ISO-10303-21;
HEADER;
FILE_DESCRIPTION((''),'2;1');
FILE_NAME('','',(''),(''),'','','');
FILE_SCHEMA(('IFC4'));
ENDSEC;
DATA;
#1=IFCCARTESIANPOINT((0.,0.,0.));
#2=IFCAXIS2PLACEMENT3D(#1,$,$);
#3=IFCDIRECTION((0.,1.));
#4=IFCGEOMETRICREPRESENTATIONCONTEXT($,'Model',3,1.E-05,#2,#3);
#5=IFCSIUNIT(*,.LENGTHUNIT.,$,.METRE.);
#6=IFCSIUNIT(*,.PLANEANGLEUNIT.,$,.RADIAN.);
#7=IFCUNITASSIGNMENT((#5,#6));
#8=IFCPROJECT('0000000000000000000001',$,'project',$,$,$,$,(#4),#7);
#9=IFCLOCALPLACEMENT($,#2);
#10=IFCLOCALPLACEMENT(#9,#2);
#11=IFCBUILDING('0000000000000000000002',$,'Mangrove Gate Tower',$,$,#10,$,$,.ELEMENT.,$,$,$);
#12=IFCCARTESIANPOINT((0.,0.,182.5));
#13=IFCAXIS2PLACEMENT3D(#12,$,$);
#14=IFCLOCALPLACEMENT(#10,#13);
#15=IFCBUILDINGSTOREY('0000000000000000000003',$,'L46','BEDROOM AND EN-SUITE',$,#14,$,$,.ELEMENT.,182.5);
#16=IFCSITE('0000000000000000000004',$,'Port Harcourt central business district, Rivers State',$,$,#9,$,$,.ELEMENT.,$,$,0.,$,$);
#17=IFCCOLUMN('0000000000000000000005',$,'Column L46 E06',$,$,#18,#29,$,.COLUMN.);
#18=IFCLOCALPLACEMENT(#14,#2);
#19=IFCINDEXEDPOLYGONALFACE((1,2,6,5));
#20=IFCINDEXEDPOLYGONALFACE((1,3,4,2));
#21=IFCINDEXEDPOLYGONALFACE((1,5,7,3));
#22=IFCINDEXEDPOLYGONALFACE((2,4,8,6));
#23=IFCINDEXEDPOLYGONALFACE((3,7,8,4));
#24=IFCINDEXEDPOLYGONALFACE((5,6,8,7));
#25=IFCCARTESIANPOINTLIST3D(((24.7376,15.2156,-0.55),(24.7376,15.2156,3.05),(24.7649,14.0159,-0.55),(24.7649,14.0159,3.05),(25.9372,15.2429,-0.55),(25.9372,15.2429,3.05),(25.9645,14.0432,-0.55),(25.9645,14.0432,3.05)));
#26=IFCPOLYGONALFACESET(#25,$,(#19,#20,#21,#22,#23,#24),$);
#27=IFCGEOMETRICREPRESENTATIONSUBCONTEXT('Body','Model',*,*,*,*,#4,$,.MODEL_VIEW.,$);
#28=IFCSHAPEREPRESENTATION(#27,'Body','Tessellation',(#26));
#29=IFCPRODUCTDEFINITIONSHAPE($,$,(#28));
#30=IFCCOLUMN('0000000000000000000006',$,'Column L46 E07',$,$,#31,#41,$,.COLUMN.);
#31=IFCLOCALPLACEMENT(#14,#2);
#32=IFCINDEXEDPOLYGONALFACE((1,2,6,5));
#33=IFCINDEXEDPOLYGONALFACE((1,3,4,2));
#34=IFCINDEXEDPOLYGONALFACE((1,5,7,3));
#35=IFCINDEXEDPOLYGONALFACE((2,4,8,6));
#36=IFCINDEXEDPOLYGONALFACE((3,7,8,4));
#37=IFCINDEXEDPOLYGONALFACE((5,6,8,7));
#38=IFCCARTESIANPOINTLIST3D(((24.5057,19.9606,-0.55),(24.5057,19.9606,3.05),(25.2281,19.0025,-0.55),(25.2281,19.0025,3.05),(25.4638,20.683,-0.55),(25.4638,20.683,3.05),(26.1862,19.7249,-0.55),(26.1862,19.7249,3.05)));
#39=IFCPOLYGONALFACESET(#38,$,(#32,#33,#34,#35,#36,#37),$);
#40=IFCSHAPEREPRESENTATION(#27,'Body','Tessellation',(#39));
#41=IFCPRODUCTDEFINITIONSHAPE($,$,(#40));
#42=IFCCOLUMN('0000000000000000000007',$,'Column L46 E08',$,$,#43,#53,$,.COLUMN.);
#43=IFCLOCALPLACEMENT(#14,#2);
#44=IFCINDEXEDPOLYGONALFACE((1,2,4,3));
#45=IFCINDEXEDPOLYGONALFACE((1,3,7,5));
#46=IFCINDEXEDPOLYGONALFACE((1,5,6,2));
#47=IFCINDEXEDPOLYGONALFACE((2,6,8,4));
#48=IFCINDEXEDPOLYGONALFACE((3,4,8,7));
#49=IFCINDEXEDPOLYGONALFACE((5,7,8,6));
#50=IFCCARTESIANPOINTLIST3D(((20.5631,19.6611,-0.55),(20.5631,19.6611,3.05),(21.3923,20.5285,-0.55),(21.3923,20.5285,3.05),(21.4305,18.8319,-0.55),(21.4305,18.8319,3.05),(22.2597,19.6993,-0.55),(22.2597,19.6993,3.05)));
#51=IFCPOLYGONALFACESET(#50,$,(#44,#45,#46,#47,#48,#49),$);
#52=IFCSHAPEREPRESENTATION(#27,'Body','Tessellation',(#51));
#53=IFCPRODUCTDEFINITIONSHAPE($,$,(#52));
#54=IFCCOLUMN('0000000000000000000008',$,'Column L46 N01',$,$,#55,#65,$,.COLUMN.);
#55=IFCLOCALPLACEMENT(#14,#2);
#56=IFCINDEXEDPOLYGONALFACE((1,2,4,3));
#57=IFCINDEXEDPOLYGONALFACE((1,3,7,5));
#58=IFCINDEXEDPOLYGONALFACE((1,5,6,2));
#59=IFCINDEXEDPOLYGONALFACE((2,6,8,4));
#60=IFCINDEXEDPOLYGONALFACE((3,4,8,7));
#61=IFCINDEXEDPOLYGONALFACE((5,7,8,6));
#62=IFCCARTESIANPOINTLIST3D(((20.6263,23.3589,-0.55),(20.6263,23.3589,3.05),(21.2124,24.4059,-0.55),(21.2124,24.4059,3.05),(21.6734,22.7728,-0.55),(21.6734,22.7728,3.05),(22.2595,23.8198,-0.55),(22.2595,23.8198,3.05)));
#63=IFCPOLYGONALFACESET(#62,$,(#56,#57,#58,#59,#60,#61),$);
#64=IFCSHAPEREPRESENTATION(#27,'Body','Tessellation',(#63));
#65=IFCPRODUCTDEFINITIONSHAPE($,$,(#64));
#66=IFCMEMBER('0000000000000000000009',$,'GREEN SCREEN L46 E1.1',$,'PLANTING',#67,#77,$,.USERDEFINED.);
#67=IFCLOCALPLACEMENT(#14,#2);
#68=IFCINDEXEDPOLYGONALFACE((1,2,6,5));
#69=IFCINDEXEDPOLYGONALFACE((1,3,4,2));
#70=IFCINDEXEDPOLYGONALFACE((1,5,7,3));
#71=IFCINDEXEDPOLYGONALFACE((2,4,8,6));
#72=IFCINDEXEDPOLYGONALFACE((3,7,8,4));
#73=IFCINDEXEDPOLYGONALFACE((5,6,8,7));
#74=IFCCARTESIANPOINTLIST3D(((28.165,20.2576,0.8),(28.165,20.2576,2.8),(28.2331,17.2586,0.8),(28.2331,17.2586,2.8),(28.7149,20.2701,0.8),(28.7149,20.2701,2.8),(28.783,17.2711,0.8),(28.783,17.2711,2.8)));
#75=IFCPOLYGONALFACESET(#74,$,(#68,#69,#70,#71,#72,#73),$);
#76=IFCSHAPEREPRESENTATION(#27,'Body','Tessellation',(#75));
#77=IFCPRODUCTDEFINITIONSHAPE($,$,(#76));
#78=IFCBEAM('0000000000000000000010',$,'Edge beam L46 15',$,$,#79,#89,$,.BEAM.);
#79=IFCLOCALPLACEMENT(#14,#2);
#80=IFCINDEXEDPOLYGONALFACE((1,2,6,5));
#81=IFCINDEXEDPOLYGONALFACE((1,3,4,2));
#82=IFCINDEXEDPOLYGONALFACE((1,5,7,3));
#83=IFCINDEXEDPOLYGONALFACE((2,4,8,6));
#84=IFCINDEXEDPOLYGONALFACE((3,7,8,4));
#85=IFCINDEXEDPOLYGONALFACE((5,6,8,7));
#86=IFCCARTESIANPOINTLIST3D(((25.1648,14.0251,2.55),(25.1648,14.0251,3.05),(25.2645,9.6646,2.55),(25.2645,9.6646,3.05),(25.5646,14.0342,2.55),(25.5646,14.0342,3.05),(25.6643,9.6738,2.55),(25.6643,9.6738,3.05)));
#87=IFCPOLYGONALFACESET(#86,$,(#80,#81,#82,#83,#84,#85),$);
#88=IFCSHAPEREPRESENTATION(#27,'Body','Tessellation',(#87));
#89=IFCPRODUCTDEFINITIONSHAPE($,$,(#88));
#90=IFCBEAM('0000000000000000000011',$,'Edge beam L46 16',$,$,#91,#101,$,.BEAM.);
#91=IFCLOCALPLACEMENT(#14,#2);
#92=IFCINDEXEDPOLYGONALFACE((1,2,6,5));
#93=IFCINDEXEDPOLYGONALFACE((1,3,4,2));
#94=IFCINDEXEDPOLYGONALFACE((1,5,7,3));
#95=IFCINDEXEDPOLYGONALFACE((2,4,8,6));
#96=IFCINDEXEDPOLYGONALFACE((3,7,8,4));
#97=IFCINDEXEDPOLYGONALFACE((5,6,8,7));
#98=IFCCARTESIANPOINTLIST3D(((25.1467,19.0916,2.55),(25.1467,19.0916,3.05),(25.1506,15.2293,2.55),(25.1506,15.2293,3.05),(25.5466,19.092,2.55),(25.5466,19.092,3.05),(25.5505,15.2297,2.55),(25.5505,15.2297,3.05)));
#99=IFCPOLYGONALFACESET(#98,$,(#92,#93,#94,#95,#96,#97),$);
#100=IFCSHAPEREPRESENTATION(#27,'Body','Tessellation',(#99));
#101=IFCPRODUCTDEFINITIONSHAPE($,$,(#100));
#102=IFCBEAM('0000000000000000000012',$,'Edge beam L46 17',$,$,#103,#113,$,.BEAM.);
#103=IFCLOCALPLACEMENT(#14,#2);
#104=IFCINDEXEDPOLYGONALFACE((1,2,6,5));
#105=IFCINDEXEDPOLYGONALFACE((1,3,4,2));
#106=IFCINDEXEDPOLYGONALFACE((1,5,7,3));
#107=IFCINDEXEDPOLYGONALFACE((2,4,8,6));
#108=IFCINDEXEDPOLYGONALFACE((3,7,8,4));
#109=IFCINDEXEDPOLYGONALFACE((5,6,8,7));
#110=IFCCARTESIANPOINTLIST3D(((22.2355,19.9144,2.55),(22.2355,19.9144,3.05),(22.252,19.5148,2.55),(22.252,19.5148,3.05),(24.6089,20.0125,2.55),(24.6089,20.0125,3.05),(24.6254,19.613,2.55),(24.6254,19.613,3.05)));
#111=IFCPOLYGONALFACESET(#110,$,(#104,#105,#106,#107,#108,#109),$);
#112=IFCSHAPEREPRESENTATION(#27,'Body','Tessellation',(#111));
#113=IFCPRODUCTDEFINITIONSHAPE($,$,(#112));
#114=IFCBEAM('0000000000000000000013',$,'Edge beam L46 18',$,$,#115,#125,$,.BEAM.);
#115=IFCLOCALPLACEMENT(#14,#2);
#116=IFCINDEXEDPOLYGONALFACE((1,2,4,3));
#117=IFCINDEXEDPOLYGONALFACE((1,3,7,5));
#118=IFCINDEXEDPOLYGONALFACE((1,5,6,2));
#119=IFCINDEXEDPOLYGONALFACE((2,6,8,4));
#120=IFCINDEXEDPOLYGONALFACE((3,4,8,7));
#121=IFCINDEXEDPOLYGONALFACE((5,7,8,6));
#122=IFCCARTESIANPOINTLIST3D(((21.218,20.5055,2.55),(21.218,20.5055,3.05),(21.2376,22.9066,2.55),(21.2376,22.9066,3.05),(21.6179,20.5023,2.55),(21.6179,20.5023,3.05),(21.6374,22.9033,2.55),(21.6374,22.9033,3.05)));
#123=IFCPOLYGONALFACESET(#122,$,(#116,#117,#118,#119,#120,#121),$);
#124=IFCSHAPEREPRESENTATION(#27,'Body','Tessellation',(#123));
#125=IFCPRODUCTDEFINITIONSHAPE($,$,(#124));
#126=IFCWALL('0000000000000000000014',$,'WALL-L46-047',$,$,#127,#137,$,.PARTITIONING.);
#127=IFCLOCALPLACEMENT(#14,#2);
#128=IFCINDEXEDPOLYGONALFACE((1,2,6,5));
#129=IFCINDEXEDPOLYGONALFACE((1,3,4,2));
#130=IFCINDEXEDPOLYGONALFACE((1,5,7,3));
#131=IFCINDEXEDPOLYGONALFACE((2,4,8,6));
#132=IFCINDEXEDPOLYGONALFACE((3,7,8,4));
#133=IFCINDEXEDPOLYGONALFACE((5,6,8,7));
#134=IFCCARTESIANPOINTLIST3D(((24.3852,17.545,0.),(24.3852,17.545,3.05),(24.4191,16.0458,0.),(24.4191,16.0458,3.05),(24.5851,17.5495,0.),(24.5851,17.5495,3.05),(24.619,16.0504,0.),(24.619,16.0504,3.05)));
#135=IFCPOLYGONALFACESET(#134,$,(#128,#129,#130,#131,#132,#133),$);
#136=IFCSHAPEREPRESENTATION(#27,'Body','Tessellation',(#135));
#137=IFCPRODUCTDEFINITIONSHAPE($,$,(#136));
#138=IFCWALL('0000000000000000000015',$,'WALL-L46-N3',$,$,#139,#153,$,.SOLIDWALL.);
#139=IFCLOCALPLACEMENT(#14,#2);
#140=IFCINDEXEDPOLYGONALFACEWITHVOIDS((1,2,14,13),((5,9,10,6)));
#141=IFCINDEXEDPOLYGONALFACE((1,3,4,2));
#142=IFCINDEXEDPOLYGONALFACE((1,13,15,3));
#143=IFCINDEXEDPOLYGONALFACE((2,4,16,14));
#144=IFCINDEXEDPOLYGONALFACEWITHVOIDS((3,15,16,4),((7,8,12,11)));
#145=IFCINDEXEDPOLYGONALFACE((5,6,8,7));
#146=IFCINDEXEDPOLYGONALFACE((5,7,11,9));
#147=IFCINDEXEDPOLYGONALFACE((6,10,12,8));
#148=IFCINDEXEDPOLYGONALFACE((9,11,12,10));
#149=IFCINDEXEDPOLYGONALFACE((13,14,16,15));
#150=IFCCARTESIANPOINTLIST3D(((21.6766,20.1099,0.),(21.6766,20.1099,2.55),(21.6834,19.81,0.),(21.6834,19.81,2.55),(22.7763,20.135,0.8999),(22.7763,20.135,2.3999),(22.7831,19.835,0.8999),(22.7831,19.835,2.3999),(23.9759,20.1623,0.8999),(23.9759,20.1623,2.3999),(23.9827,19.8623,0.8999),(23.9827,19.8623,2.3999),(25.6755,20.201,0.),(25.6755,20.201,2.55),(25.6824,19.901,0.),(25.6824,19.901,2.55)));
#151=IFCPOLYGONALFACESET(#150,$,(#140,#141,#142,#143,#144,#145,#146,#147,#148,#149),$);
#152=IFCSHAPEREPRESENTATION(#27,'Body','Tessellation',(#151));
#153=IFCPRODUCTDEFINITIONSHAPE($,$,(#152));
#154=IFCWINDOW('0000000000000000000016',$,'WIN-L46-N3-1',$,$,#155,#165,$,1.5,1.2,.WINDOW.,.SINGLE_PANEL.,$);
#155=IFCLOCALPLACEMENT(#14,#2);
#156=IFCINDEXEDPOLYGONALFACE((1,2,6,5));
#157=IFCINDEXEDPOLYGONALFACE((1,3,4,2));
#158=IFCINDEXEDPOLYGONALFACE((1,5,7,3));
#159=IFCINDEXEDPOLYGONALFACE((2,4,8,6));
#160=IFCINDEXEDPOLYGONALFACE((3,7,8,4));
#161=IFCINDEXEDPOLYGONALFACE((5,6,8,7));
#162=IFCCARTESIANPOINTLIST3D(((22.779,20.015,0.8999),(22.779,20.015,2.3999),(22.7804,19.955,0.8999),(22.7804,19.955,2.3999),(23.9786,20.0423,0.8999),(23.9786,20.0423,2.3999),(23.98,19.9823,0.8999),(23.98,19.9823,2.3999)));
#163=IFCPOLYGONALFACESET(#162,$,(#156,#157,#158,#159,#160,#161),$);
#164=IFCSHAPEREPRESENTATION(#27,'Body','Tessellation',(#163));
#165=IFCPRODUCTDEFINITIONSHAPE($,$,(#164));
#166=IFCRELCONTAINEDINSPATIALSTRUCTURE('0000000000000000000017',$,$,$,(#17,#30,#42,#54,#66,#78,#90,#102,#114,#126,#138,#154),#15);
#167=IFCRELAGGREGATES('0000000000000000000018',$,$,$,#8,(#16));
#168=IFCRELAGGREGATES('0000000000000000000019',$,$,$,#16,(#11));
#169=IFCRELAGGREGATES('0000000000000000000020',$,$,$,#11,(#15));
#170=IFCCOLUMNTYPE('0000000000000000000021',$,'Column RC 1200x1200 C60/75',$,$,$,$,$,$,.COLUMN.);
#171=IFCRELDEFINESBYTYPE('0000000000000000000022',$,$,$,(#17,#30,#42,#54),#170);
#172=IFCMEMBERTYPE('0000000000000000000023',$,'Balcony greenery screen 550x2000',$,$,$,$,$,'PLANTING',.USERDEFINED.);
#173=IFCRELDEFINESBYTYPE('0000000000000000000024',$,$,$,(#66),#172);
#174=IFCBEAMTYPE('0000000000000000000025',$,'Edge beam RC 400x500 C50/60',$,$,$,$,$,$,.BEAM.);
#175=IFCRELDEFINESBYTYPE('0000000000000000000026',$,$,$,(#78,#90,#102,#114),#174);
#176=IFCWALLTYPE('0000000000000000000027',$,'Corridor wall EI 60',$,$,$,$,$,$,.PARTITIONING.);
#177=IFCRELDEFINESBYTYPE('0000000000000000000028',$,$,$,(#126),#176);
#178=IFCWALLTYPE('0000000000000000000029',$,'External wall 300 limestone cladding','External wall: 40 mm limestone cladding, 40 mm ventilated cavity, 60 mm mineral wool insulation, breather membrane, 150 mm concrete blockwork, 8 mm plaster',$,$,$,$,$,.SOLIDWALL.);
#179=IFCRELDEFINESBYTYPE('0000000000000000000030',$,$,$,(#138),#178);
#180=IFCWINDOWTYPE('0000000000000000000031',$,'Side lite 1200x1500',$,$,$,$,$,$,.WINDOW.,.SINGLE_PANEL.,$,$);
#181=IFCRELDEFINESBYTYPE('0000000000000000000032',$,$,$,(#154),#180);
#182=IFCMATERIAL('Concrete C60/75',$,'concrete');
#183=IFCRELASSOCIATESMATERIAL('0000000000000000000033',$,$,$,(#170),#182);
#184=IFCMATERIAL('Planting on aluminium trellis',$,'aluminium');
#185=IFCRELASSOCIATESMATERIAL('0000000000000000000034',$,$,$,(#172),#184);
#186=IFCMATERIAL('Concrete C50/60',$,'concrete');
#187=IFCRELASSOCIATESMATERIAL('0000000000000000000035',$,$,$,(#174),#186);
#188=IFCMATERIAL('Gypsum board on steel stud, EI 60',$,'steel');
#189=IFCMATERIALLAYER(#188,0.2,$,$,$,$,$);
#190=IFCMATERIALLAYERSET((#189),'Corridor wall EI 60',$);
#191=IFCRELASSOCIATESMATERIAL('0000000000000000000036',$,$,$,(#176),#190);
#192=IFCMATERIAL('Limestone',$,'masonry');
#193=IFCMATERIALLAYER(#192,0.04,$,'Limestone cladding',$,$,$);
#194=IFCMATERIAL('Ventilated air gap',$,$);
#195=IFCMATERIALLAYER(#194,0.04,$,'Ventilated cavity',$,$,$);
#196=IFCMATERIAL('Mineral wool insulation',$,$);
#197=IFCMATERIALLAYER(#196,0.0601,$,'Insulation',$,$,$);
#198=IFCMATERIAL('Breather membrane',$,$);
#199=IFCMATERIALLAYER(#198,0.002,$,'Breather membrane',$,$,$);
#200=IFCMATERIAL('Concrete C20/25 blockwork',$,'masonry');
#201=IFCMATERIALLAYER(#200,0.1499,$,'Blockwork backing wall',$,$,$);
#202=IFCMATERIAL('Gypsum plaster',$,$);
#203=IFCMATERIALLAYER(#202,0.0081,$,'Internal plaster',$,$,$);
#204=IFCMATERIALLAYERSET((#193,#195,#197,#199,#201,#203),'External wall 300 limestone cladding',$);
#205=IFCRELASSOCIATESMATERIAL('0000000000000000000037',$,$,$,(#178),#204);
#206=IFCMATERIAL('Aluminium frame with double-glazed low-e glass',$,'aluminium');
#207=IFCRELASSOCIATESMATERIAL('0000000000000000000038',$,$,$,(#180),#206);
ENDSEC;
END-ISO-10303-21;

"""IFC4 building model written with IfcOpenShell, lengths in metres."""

from ifc_helpers import new_model, si_unit, direction, frame, frame_2d, origin, origin_2d, place, context, subcontext, project, spatial, rectangle, extrude, material, layer, layer_set, material_profile, profile_set, type_object, element, fill, save


model = new_model("IFC4")

# Units and contexts
model_context = context("Model", 3, precision=1e-05, world=origin(), true_north=direction((0.0, 1.0)))
body_context = subcontext(model_context, "Body", "Model", "MODEL_VIEW")
ifc_project = project(units=[si_unit("LENGTHUNIT", "METRE"), si_unit("PLANEANGLEUNIT", "RADIAN")], contexts=[model_context])

# Site, building, storey
site_placement = place(None, origin())
site = spatial("IfcSite", under=ifc_project, at=site_placement, Name="Port Harcourt central business district, Rivers State", CompositionType="ELEMENT", RefElevation=0.0)
building_placement = place(site_placement, origin())
building = spatial("IfcBuilding", under=site, at=building_placement, Name="Mangrove Gate Tower", CompositionType="ELEMENT")
storey_placement = place(building_placement, frame((0.0, 0.0, 182.5)))
storey = spatial("IfcBuildingStorey", under=building, at=storey_placement, Name="L46", Description="BEDROOM AND EN-SUITE", CompositionType="ELEMENT", Elevation=182.5)

# Columns
ifc_material_1 = material(Name="Concrete C60/75", Category="concrete")
ifc_material_profile_1 = material_profile(ifc_material_1, rectangle(XDim=1.2, YDim=1.2, at=origin_2d()))
ifc_profile_set_1 = profile_set([ifc_material_profile_1], Name="Concrete C60/75")
column_type = type_object("IfcColumnType", Name="Column RC 1200x1200 C60/75", PredefinedType="COLUMN", material=ifc_profile_set_1)
for number, where, z_axis, x_axis, name in (
    (1, (25.3511, 14.6294, -0.55), (0.0, 0.0, 1.0), (-0.022744, 0.999741, 0.0), "Column L46 E06"),
    (2, (25.3459, 19.8428, -0.55), (0.0, 0.0, 1.0), (-0.60203, 0.798474, 0.0), "Column L46 E07"),
    (3, (21.4114, 19.6802, -0.55), (0.0, 0.0, 1.0), (-0.722838, 0.691018, 0.0), "Column L46 E08"),
    (4, (21.4429, 23.5894, -0.55), (0.0, 0.0, 1.0), (-0.872595, 0.488445, 0.0), "Column L46 N01"),
):
    element("IfcColumn", number, at=place(storey_placement, frame(where, z_axis=z_axis, x_axis=x_axis)), inside=storey, type_object=column_type, Name=name, PredefinedType="COLUMN", context=body_context, shape_type="SweptSolid", body=[
        extrude(rectangle(XDim=1.2, YDim=1.2, at=origin_2d()), origin(), (0.0, 0.0, 1.0), 3.6001),
    ])

# Member
ifc_material_2 = material(Name="Planting on aluminium trellis", Category="aluminium")
ifc_material_profile_2 = material_profile(ifc_material_2, rectangle(XDim=0.55, YDim=2.0, at=origin_2d()))
ifc_profile_set_2 = profile_set([ifc_material_profile_2], Name="Planting on aluminium trellis")
member_type = type_object("IfcMemberType", Name="Balcony greenery screen 550x2000", ElementType="PLANTING", PredefinedType="USERDEFINED", material=ifc_profile_set_2)
member_placement = place(storey_placement, frame((28.5081, 17.2649, 1.8), z_axis=(-0.022707, 0.999742, 0.0), x_axis=(-0.999742, -0.022707, 0.0)))
element("IfcMember", 5, at=member_placement, inside=storey, type_object=member_type, Name="GREEN SCREEN L46 E1.1", ObjectType="PLANTING", PredefinedType="USERDEFINED", context=body_context, shape_type="SweptSolid", body=[
    extrude(rectangle(XDim=0.55, YDim=2.0, at=origin_2d()), origin(), (0.0, 0.0, 1.0), 2.9998),
])

# Beams
ifc_material_3 = material(Name="Concrete C50/60", Category="concrete")
ifc_material_profile_3 = material_profile(ifc_material_3, rectangle(XDim=0.3999, YDim=0.5, at=origin_2d()))
ifc_profile_set_3 = profile_set([ifc_material_profile_3], Name="Concrete C50/60")
beam_type = type_object("IfcBeamType", Name="Edge beam RC 400x500 C50/60", PredefinedType="BEAM", material=ifc_profile_set_3)
beam_1_placement = place(storey_placement, frame((25.4644, 9.6692, 2.8), z_axis=(-0.022838, 0.999739, 0.0), x_axis=(-0.999739, -0.022838, 0.0)))
element("IfcBeam", 6, at=beam_1_placement, inside=storey, type_object=beam_type, Name="Edge beam L46 15", PredefinedType="BEAM", context=body_context, shape_type="SweptSolid", body=[
    extrude(rectangle(XDim=0.3999, YDim=0.5, at=origin_2d()), origin(), (0.0, 0.0, 1.0), 4.3616),
])
beam_2_placement = place(storey_placement, frame((25.3506, 15.2295, 2.8), z_axis=(-0.001011, 0.999999, 0.0), x_axis=(-0.999999, -0.001011, 0.0)))
element("IfcBeam", 7, at=beam_2_placement, inside=storey, type_object=beam_type, Name="Edge beam L46 16", PredefinedType="BEAM", context=body_context, shape_type="SweptSolid", body=[
    extrude(rectangle(XDim=0.3999, YDim=0.5, at=origin_2d()), origin(), (0.0, 0.0, 1.0), 3.8623),
])
beam_3_placement = place(storey_placement, frame((24.6172, 19.8127, 2.8), z_axis=(-0.999146, -0.041314, 0.0), x_axis=(0.041314, -0.999146, 0.0)))
element("IfcBeam", 8, at=beam_3_placement, inside=storey, type_object=beam_type, Name="Edge beam L46 17", PredefinedType="BEAM", context=body_context, shape_type="SweptSolid", body=[
    extrude(rectangle(XDim=0.3999, YDim=0.5, at=origin_2d()), origin(), (0.0, 0.0, 1.0), 2.3755),
])
beam_4_placement = place(storey_placement, frame((21.418, 20.5039, 2.8), z_axis=(0.008134, 0.999967, 0.0), x_axis=(-0.999967, 0.008134, 0.0)))
element("IfcBeam", 9, at=beam_4_placement, inside=storey, type_object=beam_type, Name="Edge beam L46 18", PredefinedType="BEAM", context=body_context, shape_type="SweptSolid", body=[
    extrude(rectangle(XDim=0.3999, YDim=0.5, at=origin_2d()), origin(), (0.0, 0.0, 1.0), 2.4011),
])

# Wall
ifc_material_4 = material(Name="Gypsum board on steel stud, EI 60", Category="steel")
ifc_layer_1 = layer(ifc_material_4, 0.2)
ifc_layer_set_1 = layer_set([ifc_layer_1], Name="Corridor wall EI 60")
wall_type_1 = type_object("IfcWallType", Name="Corridor wall EI 60", PredefinedType="PARTITIONING", material=ifc_layer_set_1)
wall_1_placement = place(storey_placement, frame((24.519, 16.0481, 0.0), z_axis=(0.0, 0.0, 1.0), x_axis=(-0.022633, 0.999744, 0.0)))
element("IfcWall", 10, at=wall_1_placement, inside=storey, type_object=wall_type_1, Name="WALL-L46-047", PredefinedType="PARTITIONING", context=body_context, shape_type="SweptSolid", body=[
    extrude(rectangle(XDim=1.4995, YDim=0.2, at=frame_2d((0.7498, 0.0))), origin(), (0.0, 0.0, 1.0), 3.05),
])

# Wall, opening, window
ifc_material_5 = material(Name="Limestone", Category="masonry")
ifc_layer_2 = layer(ifc_material_5, 0.04, Name="Limestone cladding")
ifc_material_6 = material(Name="Ventilated air gap")
ifc_layer_3 = layer(ifc_material_6, 0.04, Name="Ventilated cavity")
ifc_material_7 = material(Name="Mineral wool insulation")
ifc_layer_4 = layer(ifc_material_7, 0.0601, Name="Insulation")
ifc_material_8 = material(Name="Breather membrane")
ifc_layer_5 = layer(ifc_material_8, 0.002, Name="Breather membrane")
ifc_material_9 = material(Name="Concrete C20/25 blockwork", Category="masonry")
ifc_layer_6 = layer(ifc_material_9, 0.1499, Name="Blockwork backing wall")
ifc_material_10 = material(Name="Gypsum plaster")
ifc_layer_7 = layer(ifc_material_10, 0.0081, Name="Internal plaster")
ifc_layer_set_2 = layer_set([ifc_layer_2, ifc_layer_3, ifc_layer_4, ifc_layer_5, ifc_layer_6, ifc_layer_7], Name="External wall 300 limestone cladding")
wall_type_2 = type_object("IfcWallType", Name="External wall 300 limestone cladding", Description="External wall: 40 mm limestone cladding, 40 mm ventilated cavity, 60 mm mineral wool insulation, breather membrane, 150 mm concrete blockwork, 8 mm plaster", PredefinedType="SOLIDWALL", material=ifc_layer_set_2)
wall_2_placement = place(storey_placement, frame((25.679, 20.051, 0.0), z_axis=(0.0, 0.0, 1.0), x_axis=(-0.999741, -0.022766, 0.0)))
wall_2 = element("IfcWall", 11, at=wall_2_placement, inside=storey, type_object=wall_type_2, Name="WALL-L46-N3", PredefinedType="SOLIDWALL", context=body_context, shape_type="SweptSolid", body=[
    extrude(rectangle(XDim=4.0, YDim=0.3, at=frame_2d((2.0, 0.0))), origin(), (0.0, 0.0, 1.0), 2.55),
])
opening_1_placement = place(wall_2_placement, frame((1.7, 0.0, 0.8999)))
opening_1 = element("IfcOpeningElement", 12, at=opening_1_placement, cuts=wall_2, PredefinedType="OPENING", context=body_context, shape_type="SweptSolid", body=[
    extrude(rectangle(XDim=1.2, YDim=1.5, at=frame_2d((0.6001, 0.75))), frame((0.0, 0.1599, 0.0), z_axis=(0.0, -1.0, 0.0), x_axis=(1.0, 0.0, 0.0)), (0.0, 0.0, 1.0), 0.3201),
])
ifc_material_11 = material(Name="Aluminium frame with double-glazed low-e glass", Category="aluminium")
window_type_1 = type_object("IfcWindowType", Name="Side lite 1200x1500", PartitioningType="SINGLE_PANEL", PredefinedType="WINDOW", material=ifc_material_11)
window_1_placement = place(opening_1_placement, origin())
window_1 = element("IfcWindow", 13, at=window_1_placement, inside=storey, type_object=window_type_1, Name="WIN-L46-N3-1", OverallHeight=1.5, OverallWidth=1.2, PartitioningType="SINGLE_PANEL", PredefinedType="WINDOW", context=body_context, shape_type="SweptSolid", body=[
    extrude(rectangle(XDim=1.2, YDim=1.5, at=frame_2d((0.6001, 0.75))), frame((0.0, 0.03, 0.0), z_axis=(0.0, -1.0, 0.0), x_axis=(1.0, 0.0, 0.0)), (0.0, 0.0, 1.0), 0.0601),
])
fill(opening_1, window_1)

save(model, "model.ifc")
